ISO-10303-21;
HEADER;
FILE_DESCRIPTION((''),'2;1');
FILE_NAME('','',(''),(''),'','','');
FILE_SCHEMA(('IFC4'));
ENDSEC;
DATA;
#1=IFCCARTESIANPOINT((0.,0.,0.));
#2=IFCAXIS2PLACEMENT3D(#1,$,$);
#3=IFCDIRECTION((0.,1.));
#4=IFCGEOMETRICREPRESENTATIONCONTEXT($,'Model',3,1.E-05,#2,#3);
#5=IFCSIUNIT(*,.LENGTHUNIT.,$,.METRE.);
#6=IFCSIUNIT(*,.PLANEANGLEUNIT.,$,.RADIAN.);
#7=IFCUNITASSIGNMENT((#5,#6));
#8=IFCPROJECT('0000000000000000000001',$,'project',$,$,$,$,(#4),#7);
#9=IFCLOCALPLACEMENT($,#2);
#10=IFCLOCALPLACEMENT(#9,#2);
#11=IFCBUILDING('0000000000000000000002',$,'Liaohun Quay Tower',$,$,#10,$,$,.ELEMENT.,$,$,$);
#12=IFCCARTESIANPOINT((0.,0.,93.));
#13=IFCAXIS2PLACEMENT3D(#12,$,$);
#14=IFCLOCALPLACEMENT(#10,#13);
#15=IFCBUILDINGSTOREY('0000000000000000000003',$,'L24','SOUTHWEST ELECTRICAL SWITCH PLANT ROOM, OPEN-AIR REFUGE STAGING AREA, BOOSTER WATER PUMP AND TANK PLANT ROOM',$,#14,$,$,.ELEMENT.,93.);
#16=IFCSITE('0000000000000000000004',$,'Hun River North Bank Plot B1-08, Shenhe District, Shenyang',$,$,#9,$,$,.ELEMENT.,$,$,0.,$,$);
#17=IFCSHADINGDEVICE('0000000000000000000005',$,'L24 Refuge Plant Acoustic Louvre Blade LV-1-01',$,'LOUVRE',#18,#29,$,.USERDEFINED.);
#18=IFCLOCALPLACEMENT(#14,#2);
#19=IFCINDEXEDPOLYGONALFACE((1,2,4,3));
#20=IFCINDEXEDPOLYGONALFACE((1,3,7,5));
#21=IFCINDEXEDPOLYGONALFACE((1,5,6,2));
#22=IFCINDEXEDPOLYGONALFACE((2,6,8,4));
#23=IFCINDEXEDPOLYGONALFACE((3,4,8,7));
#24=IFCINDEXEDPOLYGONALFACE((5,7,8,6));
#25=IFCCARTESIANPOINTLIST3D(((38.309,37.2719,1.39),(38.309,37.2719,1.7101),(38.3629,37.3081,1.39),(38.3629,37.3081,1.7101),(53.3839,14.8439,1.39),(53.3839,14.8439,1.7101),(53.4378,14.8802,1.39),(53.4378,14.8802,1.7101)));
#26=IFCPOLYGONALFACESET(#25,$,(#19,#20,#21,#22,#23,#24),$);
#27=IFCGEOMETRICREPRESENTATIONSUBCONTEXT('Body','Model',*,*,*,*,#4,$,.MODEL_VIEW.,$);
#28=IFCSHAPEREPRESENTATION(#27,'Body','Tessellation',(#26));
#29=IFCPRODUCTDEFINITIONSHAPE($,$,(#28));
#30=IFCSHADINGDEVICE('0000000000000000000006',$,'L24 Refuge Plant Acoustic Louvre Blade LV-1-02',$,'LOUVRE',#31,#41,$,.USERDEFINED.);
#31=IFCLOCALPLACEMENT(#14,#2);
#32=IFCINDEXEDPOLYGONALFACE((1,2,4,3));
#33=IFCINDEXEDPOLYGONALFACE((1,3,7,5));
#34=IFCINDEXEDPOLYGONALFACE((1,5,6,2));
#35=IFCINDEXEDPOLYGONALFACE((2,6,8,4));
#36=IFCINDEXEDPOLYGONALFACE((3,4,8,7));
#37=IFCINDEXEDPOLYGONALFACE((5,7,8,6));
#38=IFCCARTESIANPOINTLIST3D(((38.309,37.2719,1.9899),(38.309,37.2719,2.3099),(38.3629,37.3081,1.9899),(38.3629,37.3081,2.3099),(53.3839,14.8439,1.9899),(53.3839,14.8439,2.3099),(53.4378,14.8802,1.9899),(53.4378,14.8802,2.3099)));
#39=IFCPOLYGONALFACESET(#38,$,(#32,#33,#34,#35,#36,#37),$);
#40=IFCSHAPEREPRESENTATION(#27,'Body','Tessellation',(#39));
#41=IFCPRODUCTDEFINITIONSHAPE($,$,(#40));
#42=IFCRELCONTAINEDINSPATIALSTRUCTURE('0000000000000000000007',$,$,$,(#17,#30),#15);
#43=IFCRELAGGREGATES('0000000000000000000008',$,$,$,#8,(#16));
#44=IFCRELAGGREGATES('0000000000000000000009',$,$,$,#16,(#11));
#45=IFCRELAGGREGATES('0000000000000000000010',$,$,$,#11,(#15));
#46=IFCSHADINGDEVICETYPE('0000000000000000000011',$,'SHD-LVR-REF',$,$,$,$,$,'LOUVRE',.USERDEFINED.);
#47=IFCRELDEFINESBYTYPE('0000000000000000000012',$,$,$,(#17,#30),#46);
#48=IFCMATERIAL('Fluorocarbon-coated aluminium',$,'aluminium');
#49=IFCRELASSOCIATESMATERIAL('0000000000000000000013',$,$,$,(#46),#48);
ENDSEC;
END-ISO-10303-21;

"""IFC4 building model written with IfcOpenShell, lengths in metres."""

from ifc_helpers import new_model, si_unit, direction, frame, origin, origin_2d, place, context, subcontext, project, spatial, rectangle, extrude, source, transform, mapped, material, material_profile, profile_set, type_object, element, save


model = new_model("IFC4")

# Units and contexts
model_context = context("Model", 3, precision=1e-05, world=origin(), true_north=direction((0.0, 1.0)))
body_context = subcontext(model_context, "Body", "Model", "MODEL_VIEW")
ifc_project = project(units=[si_unit("LENGTHUNIT", "METRE"), si_unit("PLANEANGLEUNIT", "RADIAN")], contexts=[model_context])

# Site, building, storey
site_placement = place(None, origin())
site = spatial("IfcSite", under=ifc_project, at=site_placement, Name="Hun River North Bank Plot B1-08, Shenhe District, Shenyang", CompositionType="ELEMENT", RefElevation=0.0)
building_placement = place(site_placement, origin())
building = spatial("IfcBuilding", under=site, at=building_placement, Name="Liaohun Quay Tower", CompositionType="ELEMENT")
storey_placement = place(building_placement, frame((0.0, 0.0, 93.0)))
storey = spatial("IfcBuildingStorey", under=building, at=storey_placement, Name="L24", Description="SOUTHWEST ELECTRICAL SWITCH PLANT ROOM, OPEN-AIR REFUGE STAGING AREA, BOOSTER WATER PUMP AND TANK PLANT ROOM", CompositionType="ELEMENT", Elevation=93.0)

# Shading devices
ifc_material_1 = material(Name="Fluorocarbon-coated aluminium", Category="aluminium")
ifc_material_profile_1 = material_profile(ifc_material_1, rectangle(XDim=0.0649, YDim=0.3201, at=origin_2d()), Name="ALU-LVR-320x65")
ifc_profile_set_1 = profile_set([ifc_material_profile_1], Name="Fluorocarbon-coated aluminium")
shading_device_type = type_object("IfcShadingDeviceType", Name="SHD-LVR-REF", ElementType="LOUVRE", PredefinedType="USERDEFINED", material=ifc_profile_set_1)
shared_shape_1 = source(origin(), body_context, "Body", "SweptSolid", [
    extrude(rectangle(XDim=0.0649, YDim=0.3201, at=origin_2d()), origin(), (0.0, 0.0, 1.0), 27.0234),
])
for number, where, z_axis, x_axis, name in (
    (1, (53.4109, 14.8621, 1.55), (-0.557846, 0.829944, 0.0), (-0.829944, -0.557846, 0.0), "L24 Refuge Plant Acoustic Louvre Blade LV-1-01"),
    (2, (53.4109, 14.8621, 2.1499), (-0.557846, 0.829944, 0.0), (-0.829944, -0.557846, 0.0), "L24 Refuge Plant Acoustic Louvre Blade LV-1-02"),
):
    element("IfcShadingDevice", number, at=place(storey_placement, frame(where, z_axis=z_axis, x_axis=x_axis)), inside=storey, type_object=shading_device_type, Name=name, ObjectType="LOUVRE", PredefinedType="USERDEFINED", context=body_context, shape_type="MappedRepresentation", body=[
        mapped(shared_shape_1, transform((0.0, 0.0, 0.0), x_axis=(1.0, 0.0, 0.0), y_axis=(0.0, 1.0, 0.0), z_axis=(0.0, 0.0, 1.0), scale=1.0)),
    ])

save(model, "model.ifc")
